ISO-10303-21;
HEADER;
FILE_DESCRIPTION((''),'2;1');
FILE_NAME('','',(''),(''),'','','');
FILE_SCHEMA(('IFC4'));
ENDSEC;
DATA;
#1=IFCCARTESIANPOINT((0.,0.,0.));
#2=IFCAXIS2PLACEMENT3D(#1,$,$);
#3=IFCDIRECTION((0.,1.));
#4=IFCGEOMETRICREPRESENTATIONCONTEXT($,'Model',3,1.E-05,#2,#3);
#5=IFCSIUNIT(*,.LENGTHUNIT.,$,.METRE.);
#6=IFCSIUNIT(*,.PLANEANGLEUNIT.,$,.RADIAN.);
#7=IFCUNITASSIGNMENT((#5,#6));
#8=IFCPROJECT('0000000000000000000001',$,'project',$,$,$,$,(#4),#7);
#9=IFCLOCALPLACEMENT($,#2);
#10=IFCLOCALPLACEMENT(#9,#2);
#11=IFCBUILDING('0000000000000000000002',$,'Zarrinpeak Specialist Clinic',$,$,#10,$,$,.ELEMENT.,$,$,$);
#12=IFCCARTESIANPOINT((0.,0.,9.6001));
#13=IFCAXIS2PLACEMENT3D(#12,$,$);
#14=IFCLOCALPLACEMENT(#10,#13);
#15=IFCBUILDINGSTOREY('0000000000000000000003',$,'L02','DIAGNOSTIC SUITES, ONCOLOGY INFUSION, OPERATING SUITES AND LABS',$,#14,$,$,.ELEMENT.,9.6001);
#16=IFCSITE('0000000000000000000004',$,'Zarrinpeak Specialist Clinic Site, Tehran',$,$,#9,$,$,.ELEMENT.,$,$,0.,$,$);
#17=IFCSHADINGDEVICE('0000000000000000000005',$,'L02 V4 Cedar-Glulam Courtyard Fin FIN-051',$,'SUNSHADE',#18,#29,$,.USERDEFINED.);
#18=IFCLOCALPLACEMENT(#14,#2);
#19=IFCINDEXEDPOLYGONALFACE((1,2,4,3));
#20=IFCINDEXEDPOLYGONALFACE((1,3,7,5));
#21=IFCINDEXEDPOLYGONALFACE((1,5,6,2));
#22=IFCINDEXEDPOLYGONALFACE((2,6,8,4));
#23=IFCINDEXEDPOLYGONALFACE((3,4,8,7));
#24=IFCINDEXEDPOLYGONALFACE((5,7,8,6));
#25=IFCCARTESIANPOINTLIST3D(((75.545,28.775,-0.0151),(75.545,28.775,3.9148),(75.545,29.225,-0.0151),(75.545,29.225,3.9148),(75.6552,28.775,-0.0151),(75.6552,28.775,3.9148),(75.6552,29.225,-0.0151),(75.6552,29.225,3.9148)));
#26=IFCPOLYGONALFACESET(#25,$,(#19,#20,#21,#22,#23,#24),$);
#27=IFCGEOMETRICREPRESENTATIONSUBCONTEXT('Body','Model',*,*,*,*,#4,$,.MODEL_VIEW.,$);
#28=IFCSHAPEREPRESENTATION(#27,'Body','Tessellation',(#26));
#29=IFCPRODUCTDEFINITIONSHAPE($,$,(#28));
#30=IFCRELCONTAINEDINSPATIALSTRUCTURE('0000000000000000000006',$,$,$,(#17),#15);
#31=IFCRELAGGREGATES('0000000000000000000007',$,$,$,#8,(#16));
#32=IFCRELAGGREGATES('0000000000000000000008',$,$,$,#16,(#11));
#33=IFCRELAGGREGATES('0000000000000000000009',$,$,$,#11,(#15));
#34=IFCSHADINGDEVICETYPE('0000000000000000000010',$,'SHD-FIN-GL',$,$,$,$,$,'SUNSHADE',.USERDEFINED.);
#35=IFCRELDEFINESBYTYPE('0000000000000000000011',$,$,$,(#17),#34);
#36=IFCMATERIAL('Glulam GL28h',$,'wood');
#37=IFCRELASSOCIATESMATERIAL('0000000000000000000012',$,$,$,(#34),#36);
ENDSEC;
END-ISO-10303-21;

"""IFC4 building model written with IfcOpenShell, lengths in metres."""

from ifc_helpers import new_model, si_unit, direction, frame, origin, origin_2d, place, context, subcontext, project, spatial, rectangle, extrude, material, type_object, element, save


model = new_model("IFC4")

# Units and contexts
model_context = context("Model", 3, precision=1e-05, world=origin(), true_north=direction((0.0, 1.0)))
body_context = subcontext(model_context, "Body", "Model", "MODEL_VIEW")
ifc_project = project(units=[si_unit("LENGTHUNIT", "METRE"), si_unit("PLANEANGLEUNIT", "RADIAN")], contexts=[model_context])

# Site, building, storey
site_placement = place(None, origin())
site = spatial("IfcSite", under=ifc_project, at=site_placement, Name="Zarrinpeak Specialist Clinic Site, Tehran", CompositionType="ELEMENT", RefElevation=0.0)
building_placement = place(site_placement, origin())
building = spatial("IfcBuilding", under=site, at=building_placement, Name="Zarrinpeak Specialist Clinic", CompositionType="ELEMENT")
storey_placement = place(building_placement, frame((0.0, 0.0, 9.6001)))
storey = spatial("IfcBuildingStorey", under=building, at=storey_placement, Name="L02", Description="DIAGNOSTIC SUITES, ONCOLOGY INFUSION, OPERATING SUITES AND LABS", CompositionType="ELEMENT", Elevation=9.6001)

# Shading device
ifc_material_1 = material(Name="Glulam GL28h", Category="wood")
shading_device_type = type_object("IfcShadingDeviceType", Name="SHD-FIN-GL", ElementType="SUNSHADE", PredefinedType="USERDEFINED", material=ifc_material_1)
shading_device_placement = place(storey_placement, frame((75.6001, 29.0, -0.0151), z_axis=(0.0, 0.0, 1.0), x_axis=(1.0, 0.0, 0.0)))
element("IfcShadingDevice", 1, at=shading_device_placement, inside=storey, type_object=shading_device_type, Name="L02 V4 Cedar-Glulam Courtyard Fin FIN-051", ObjectType="SUNSHADE", PredefinedType="USERDEFINED", context=body_context, shape_type="SweptSolid", body=[
    extrude(rectangle(XDim=0.1101, YDim=0.45, at=origin_2d()), origin(), (0.0, 0.0, 1.0), 3.9299),
])

save(model, "model.ifc")
